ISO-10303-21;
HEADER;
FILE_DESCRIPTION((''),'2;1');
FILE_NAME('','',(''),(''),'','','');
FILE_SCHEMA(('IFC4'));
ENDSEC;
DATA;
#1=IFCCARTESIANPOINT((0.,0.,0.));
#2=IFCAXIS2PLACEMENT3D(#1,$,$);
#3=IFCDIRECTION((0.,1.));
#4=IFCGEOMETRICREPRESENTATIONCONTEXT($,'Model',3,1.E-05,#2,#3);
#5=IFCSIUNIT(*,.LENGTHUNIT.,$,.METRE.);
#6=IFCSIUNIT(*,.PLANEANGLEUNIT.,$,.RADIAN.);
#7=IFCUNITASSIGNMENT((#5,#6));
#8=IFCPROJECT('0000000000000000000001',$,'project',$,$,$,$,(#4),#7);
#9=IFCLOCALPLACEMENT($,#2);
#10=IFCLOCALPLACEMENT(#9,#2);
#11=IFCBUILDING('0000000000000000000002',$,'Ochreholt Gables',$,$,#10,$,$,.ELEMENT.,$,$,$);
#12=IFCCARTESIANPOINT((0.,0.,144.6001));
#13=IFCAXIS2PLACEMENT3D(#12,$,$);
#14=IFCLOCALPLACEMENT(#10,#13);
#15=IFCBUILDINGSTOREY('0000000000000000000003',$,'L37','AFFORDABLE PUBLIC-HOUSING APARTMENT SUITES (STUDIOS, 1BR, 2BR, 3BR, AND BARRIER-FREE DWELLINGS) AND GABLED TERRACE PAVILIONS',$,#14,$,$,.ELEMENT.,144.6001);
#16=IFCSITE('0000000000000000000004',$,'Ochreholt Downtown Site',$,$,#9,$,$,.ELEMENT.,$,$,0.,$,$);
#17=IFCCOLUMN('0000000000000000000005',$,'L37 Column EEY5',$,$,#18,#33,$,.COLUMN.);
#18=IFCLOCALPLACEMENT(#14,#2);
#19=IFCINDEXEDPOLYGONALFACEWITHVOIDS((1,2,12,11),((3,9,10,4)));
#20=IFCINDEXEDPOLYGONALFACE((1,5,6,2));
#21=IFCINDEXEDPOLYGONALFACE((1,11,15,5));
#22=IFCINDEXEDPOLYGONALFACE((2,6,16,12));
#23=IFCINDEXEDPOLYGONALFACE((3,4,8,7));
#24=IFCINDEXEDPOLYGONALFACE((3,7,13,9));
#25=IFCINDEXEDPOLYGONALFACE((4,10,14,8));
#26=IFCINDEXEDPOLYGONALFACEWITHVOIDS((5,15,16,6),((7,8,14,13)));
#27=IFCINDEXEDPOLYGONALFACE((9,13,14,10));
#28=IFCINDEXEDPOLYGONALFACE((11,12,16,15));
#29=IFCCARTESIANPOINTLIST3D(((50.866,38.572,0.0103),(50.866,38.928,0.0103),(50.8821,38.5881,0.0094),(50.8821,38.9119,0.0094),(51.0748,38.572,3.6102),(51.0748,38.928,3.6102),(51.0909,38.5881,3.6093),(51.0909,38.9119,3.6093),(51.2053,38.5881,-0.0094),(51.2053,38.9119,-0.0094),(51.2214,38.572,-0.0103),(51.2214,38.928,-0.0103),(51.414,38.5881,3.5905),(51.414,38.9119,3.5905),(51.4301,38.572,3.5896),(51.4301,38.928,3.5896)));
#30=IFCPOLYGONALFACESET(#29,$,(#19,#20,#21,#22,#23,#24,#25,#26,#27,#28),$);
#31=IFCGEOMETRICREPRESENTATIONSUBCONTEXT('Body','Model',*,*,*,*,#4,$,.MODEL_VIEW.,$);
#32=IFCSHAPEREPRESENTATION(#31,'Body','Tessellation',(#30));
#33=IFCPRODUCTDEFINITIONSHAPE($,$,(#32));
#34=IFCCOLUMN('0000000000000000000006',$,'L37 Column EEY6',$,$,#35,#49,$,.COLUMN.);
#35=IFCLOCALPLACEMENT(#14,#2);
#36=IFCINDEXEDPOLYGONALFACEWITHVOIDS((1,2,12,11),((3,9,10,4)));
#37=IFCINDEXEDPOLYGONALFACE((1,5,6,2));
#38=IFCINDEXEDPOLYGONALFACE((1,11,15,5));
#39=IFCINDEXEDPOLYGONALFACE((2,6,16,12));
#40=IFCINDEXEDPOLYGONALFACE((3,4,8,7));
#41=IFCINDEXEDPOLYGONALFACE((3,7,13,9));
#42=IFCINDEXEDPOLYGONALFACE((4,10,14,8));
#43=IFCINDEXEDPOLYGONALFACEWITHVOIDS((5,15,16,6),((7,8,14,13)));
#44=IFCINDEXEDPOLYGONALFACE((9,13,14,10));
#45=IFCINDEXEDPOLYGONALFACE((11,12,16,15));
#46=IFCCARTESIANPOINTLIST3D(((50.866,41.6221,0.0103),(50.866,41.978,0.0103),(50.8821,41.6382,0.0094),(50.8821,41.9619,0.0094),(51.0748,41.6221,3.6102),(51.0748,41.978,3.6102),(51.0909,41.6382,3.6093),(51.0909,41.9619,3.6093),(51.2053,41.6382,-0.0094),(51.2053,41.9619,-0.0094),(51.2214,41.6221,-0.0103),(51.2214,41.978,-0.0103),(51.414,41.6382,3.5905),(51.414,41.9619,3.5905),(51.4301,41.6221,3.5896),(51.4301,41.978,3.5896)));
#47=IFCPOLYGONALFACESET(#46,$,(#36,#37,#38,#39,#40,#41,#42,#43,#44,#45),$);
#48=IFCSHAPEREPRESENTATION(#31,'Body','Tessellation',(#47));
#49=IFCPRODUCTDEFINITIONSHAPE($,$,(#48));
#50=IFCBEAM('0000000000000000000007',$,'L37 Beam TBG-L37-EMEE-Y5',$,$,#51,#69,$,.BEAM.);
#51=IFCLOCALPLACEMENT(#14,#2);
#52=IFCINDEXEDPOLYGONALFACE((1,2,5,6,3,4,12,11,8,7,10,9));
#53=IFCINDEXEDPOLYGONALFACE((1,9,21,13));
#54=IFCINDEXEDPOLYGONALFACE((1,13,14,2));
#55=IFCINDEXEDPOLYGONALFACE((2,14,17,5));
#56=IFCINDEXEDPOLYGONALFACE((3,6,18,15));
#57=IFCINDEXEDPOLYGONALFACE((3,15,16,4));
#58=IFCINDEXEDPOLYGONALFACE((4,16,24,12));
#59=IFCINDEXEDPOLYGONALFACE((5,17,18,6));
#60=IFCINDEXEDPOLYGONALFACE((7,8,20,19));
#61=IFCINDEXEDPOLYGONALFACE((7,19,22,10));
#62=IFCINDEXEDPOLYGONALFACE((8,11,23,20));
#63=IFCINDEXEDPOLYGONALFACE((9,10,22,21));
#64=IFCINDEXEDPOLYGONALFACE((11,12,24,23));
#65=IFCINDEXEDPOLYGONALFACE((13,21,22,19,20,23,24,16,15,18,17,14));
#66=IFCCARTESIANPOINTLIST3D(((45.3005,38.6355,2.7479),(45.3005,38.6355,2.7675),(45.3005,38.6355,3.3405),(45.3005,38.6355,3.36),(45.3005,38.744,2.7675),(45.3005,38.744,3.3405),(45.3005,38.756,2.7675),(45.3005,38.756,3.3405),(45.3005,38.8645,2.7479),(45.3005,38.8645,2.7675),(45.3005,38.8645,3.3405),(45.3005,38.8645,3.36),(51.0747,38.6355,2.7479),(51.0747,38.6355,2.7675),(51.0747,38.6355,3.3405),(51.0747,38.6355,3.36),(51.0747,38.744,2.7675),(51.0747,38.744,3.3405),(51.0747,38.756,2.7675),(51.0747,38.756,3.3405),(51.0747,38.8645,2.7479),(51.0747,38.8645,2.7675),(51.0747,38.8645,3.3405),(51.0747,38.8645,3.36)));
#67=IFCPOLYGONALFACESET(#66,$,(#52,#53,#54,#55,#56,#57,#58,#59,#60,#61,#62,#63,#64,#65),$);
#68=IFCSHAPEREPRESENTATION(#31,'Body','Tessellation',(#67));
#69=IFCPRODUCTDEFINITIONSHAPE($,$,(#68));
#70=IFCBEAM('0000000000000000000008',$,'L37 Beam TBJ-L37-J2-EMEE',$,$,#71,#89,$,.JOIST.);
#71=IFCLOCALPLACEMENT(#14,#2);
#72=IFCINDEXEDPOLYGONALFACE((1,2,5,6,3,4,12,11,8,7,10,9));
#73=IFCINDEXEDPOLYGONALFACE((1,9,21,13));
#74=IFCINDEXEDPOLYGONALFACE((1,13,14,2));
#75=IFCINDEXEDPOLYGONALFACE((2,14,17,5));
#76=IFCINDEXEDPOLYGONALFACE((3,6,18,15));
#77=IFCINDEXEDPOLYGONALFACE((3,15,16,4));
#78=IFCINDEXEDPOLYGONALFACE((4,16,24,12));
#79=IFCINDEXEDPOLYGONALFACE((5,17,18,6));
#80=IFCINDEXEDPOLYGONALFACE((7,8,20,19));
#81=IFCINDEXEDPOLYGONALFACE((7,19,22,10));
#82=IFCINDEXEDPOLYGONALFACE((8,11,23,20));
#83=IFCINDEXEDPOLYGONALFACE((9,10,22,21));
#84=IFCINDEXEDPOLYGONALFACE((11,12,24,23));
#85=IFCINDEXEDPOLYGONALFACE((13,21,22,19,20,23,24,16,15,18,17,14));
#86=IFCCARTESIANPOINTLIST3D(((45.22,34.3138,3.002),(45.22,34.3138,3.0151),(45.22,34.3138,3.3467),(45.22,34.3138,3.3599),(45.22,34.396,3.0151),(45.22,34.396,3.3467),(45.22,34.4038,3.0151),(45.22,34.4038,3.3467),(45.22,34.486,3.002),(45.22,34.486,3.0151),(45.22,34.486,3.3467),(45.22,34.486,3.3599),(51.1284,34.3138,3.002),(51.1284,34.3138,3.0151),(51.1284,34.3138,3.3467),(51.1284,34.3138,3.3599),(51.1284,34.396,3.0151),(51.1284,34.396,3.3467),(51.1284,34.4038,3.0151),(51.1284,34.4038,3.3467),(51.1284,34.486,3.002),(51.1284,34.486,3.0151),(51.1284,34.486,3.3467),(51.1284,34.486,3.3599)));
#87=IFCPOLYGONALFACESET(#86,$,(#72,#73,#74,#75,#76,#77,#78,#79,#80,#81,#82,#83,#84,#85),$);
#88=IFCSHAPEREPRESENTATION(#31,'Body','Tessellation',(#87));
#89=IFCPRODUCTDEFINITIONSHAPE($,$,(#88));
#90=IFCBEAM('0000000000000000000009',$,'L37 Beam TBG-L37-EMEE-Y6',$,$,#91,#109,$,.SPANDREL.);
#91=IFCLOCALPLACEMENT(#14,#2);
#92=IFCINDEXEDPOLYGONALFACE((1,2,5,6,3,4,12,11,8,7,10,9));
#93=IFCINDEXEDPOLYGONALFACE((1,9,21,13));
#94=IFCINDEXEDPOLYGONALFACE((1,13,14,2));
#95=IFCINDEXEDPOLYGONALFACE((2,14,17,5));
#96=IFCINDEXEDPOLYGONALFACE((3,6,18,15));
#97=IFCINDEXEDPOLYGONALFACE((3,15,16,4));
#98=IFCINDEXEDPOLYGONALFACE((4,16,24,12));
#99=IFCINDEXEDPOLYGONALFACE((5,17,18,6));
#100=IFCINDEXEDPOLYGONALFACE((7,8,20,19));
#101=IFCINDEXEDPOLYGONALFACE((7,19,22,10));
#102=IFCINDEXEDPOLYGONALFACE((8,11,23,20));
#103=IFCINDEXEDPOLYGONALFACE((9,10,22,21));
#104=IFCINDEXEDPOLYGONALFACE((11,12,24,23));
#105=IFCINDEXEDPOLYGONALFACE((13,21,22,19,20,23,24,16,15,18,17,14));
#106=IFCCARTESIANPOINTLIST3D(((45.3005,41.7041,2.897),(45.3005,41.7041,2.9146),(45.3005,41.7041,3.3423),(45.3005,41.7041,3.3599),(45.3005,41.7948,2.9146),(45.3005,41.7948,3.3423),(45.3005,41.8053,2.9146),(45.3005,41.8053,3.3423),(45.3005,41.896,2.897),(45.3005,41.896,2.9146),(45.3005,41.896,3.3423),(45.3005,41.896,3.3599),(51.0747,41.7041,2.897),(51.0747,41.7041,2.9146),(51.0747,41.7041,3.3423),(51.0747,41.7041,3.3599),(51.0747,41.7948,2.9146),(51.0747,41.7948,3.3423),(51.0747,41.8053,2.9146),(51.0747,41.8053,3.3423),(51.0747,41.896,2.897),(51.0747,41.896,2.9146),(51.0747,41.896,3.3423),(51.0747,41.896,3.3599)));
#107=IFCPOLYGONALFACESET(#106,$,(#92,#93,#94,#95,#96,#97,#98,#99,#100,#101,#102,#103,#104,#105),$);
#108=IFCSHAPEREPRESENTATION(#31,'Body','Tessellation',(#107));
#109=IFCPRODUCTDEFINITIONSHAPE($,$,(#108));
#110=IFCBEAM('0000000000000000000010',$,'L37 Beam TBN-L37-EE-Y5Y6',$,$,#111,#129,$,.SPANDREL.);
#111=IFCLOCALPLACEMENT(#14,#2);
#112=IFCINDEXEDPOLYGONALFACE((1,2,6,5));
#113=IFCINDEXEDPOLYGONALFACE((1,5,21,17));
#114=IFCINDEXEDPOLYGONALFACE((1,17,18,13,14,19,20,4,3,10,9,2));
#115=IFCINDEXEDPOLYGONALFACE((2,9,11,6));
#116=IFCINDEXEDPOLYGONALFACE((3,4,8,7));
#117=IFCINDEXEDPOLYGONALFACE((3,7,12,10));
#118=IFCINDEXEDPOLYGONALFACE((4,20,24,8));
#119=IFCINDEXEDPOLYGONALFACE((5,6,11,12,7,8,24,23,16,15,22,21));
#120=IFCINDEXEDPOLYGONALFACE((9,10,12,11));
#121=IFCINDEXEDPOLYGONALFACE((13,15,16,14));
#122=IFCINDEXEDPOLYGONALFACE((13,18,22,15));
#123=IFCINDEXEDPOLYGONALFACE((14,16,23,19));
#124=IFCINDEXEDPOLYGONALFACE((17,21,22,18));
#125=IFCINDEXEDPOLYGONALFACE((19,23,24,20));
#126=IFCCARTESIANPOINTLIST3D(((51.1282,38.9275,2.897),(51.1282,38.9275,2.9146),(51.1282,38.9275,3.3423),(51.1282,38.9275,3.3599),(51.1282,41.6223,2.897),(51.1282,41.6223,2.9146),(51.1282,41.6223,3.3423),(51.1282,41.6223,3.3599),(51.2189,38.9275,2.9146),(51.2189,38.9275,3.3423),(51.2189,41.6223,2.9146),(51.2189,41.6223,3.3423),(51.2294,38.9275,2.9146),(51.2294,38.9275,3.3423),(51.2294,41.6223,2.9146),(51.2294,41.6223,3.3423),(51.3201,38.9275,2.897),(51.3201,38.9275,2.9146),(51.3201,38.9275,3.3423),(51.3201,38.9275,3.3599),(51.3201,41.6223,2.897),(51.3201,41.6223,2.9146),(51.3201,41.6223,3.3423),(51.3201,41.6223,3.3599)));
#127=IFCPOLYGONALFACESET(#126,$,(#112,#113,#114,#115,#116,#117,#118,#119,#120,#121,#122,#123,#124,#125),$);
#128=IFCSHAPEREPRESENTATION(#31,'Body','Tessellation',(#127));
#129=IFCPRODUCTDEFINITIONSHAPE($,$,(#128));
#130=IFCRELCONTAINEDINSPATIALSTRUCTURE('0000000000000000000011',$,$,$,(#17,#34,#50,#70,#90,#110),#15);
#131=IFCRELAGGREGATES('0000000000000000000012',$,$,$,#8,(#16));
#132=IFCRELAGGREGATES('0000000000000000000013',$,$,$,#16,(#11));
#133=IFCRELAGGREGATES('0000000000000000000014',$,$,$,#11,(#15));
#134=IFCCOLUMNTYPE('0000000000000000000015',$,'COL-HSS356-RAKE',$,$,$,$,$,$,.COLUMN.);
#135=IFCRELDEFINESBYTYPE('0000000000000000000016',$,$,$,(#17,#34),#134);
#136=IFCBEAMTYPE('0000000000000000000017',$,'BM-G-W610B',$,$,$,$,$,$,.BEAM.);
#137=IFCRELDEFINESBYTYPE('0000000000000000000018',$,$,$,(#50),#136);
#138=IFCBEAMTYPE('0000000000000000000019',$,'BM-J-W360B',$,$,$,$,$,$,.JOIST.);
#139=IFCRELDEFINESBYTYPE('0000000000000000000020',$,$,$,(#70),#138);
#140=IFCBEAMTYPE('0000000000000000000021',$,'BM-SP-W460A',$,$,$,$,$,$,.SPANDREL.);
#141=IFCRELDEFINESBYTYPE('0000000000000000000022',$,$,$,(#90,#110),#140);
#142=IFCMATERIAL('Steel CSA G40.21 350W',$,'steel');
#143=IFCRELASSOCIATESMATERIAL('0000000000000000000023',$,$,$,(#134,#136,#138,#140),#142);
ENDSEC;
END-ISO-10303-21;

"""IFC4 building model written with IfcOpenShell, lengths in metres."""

from ifc_helpers import new_model, si_unit, direction, frame, origin, origin_2d, place, context, subcontext, project, spatial, hollow_rectangle, i_section, extrude, material, material_profile, profile_set, type_object, element, save


model = new_model("IFC4")

# Units and contexts
model_context = context("Model", 3, precision=1e-05, world=origin(), true_north=direction((0.0, 1.0)))
body_context = subcontext(model_context, "Body", "Model", "MODEL_VIEW")
ifc_project = project(units=[si_unit("LENGTHUNIT", "METRE"), si_unit("PLANEANGLEUNIT", "RADIAN")], contexts=[model_context])

# Site, building, storey
site_placement = place(None, origin())
site = spatial("IfcSite", under=ifc_project, at=site_placement, Name="Ochreholt Downtown Site", CompositionType="ELEMENT", RefElevation=0.0)
building_placement = place(site_placement, origin())
building = spatial("IfcBuilding", under=site, at=building_placement, Name="Ochreholt Gables", CompositionType="ELEMENT")
storey_placement = place(building_placement, frame((0.0, 0.0, 144.6001)))
storey = spatial("IfcBuildingStorey", under=building, at=storey_placement, Name="L37", Description="AFFORDABLE PUBLIC-HOUSING APARTMENT SUITES (STUDIOS, 1BR, 2BR, 3BR, AND BARRIER-FREE DWELLINGS) AND GABLED TERRACE PAVILIONS", CompositionType="ELEMENT", Elevation=144.6001)

# Columns
ifc_material_1 = material(Name="Steel CSA G40.21 350W", Category="steel")
ifc_material_profile_1 = material_profile(ifc_material_1, hollow_rectangle(XDim=0.356, YDim=0.356, WallThickness=0.0161, at=origin_2d()), Name="HSS356X356X16")
ifc_profile_set_1 = profile_set([ifc_material_profile_1], Name="Steel CSA G40.21 350W")
column_type = type_object("IfcColumnType", Name="COL-HSS356-RAKE", PredefinedType="COLUMN", material=ifc_profile_set_1)
for number, where, z_axis, x_axis, name in (
    (1, (51.0437, 38.75, 0.0), (0.057889, 0.0, 0.998323), (0.0, 1.0, 0.0), "L37 Column EEY5"),
    (2, (51.0437, 41.8, 0.0), (0.057889, 0.0, 0.998323), (0.0, 1.0, 0.0), "L37 Column EEY6"),
):
    element("IfcColumn", number, at=place(storey_placement, frame(where, z_axis=z_axis, x_axis=x_axis)), inside=storey, type_object=column_type, Name=name, PredefinedType="COLUMN", context=body_context, shape_type="SweptSolid", body=[
        extrude(hollow_rectangle(XDim=0.356, YDim=0.356, WallThickness=0.0161, at=origin_2d()), origin(), (0.0, 0.0, 1.0), 3.606),
    ])

# Beams
ifc_material_profile_2 = material_profile(ifc_material_1, i_section(OverallWidth=0.229, OverallDepth=0.6121, WebThickness=0.012, FlangeThickness=0.0195, at=origin_2d()), Name="W610X125")
ifc_profile_set_2 = profile_set([ifc_material_profile_2], Name="Steel CSA G40.21 350W")
beam_type_1 = type_object("IfcBeamType", Name="BM-G-W610B", PredefinedType="BEAM", material=ifc_profile_set_2)
beam_1_placement = place(storey_placement, frame((45.3005, 38.75, 3.054), z_axis=(1.0, 0.0, 0.0), x_axis=(0.0, 1.0, 0.0)))
element("IfcBeam", 3, at=beam_1_placement, inside=storey, type_object=beam_type_1, Name="L37 Beam TBG-L37-EMEE-Y5", PredefinedType="BEAM", context=body_context, shape_type="SweptSolid", body=[
    extrude(i_section(OverallWidth=0.229, OverallDepth=0.6121, WebThickness=0.012, FlangeThickness=0.0195, at=origin_2d()), origin(), (0.0, 0.0, 1.0), 5.7742),
])
ifc_material_profile_3 = material_profile(ifc_material_1, i_section(OverallWidth=0.1721, OverallDepth=0.3579, WebThickness=0.0078, FlangeThickness=0.0132, at=origin_2d()), Name="W360X57")
ifc_profile_set_3 = profile_set([ifc_material_profile_3], Name="Steel CSA G40.21 350W")
beam_type_2 = type_object("IfcBeamType", Name="BM-J-W360B", PredefinedType="JOIST", material=ifc_profile_set_3)
beam_2_placement = place(storey_placement, frame((45.22, 34.3999, 3.1809), z_axis=(1.0, 0.0, 0.0), x_axis=(0.0, 1.0, 0.0)))
element("IfcBeam", 4, at=beam_2_placement, inside=storey, type_object=beam_type_2, Name="L37 Beam TBJ-L37-J2-EMEE", PredefinedType="JOIST", context=body_context, shape_type="SweptSolid", body=[
    extrude(i_section(OverallWidth=0.1721, OverallDepth=0.3579, WebThickness=0.0078, FlangeThickness=0.0132, at=origin_2d()), origin(), (0.0, 0.0, 1.0), 5.9084),
])
ifc_material_profile_4 = material_profile(ifc_material_1, i_section(OverallWidth=0.1919, OverallDepth=0.4629, WebThickness=0.0105, FlangeThickness=0.0176, at=origin_2d()), Name="W460X89")
ifc_profile_set_4 = profile_set([ifc_material_profile_4], Name="Steel CSA G40.21 350W")
beam_type_3 = type_object("IfcBeamType", Name="BM-SP-W460A", PredefinedType="SPANDREL", material=ifc_profile_set_4)
beam_3_placement = place(storey_placement, frame((45.3005, 41.8, 3.1284), z_axis=(1.0, 0.0, 0.0), x_axis=(0.0, 1.0, 0.0)))
element("IfcBeam", 5, at=beam_3_placement, inside=storey, type_object=beam_type_3, Name="L37 Beam TBG-L37-EMEE-Y6", PredefinedType="SPANDREL", context=body_context, shape_type="SweptSolid", body=[
    extrude(i_section(OverallWidth=0.1919, OverallDepth=0.4629, WebThickness=0.0105, FlangeThickness=0.0176, at=origin_2d()), origin(), (0.0, 0.0, 1.0), 5.7742),
])
beam_4_placement = place(storey_placement, frame((51.2241, 38.9275, 3.1284), z_axis=(0.0, 1.0, 0.0), x_axis=(-1.0, 0.0, 0.0)))
element("IfcBeam", 6, at=beam_4_placement, inside=storey, type_object=beam_type_3, Name="L37 Beam TBN-L37-EE-Y5Y6", PredefinedType="SPANDREL", context=body_context, shape_type="SweptSolid", body=[
    extrude(i_section(OverallWidth=0.1919, OverallDepth=0.4629, WebThickness=0.0105, FlangeThickness=0.0176, at=origin_2d()), origin(), (0.0, 0.0, 1.0), 2.6948),
])

save(model, "model.ifc")
